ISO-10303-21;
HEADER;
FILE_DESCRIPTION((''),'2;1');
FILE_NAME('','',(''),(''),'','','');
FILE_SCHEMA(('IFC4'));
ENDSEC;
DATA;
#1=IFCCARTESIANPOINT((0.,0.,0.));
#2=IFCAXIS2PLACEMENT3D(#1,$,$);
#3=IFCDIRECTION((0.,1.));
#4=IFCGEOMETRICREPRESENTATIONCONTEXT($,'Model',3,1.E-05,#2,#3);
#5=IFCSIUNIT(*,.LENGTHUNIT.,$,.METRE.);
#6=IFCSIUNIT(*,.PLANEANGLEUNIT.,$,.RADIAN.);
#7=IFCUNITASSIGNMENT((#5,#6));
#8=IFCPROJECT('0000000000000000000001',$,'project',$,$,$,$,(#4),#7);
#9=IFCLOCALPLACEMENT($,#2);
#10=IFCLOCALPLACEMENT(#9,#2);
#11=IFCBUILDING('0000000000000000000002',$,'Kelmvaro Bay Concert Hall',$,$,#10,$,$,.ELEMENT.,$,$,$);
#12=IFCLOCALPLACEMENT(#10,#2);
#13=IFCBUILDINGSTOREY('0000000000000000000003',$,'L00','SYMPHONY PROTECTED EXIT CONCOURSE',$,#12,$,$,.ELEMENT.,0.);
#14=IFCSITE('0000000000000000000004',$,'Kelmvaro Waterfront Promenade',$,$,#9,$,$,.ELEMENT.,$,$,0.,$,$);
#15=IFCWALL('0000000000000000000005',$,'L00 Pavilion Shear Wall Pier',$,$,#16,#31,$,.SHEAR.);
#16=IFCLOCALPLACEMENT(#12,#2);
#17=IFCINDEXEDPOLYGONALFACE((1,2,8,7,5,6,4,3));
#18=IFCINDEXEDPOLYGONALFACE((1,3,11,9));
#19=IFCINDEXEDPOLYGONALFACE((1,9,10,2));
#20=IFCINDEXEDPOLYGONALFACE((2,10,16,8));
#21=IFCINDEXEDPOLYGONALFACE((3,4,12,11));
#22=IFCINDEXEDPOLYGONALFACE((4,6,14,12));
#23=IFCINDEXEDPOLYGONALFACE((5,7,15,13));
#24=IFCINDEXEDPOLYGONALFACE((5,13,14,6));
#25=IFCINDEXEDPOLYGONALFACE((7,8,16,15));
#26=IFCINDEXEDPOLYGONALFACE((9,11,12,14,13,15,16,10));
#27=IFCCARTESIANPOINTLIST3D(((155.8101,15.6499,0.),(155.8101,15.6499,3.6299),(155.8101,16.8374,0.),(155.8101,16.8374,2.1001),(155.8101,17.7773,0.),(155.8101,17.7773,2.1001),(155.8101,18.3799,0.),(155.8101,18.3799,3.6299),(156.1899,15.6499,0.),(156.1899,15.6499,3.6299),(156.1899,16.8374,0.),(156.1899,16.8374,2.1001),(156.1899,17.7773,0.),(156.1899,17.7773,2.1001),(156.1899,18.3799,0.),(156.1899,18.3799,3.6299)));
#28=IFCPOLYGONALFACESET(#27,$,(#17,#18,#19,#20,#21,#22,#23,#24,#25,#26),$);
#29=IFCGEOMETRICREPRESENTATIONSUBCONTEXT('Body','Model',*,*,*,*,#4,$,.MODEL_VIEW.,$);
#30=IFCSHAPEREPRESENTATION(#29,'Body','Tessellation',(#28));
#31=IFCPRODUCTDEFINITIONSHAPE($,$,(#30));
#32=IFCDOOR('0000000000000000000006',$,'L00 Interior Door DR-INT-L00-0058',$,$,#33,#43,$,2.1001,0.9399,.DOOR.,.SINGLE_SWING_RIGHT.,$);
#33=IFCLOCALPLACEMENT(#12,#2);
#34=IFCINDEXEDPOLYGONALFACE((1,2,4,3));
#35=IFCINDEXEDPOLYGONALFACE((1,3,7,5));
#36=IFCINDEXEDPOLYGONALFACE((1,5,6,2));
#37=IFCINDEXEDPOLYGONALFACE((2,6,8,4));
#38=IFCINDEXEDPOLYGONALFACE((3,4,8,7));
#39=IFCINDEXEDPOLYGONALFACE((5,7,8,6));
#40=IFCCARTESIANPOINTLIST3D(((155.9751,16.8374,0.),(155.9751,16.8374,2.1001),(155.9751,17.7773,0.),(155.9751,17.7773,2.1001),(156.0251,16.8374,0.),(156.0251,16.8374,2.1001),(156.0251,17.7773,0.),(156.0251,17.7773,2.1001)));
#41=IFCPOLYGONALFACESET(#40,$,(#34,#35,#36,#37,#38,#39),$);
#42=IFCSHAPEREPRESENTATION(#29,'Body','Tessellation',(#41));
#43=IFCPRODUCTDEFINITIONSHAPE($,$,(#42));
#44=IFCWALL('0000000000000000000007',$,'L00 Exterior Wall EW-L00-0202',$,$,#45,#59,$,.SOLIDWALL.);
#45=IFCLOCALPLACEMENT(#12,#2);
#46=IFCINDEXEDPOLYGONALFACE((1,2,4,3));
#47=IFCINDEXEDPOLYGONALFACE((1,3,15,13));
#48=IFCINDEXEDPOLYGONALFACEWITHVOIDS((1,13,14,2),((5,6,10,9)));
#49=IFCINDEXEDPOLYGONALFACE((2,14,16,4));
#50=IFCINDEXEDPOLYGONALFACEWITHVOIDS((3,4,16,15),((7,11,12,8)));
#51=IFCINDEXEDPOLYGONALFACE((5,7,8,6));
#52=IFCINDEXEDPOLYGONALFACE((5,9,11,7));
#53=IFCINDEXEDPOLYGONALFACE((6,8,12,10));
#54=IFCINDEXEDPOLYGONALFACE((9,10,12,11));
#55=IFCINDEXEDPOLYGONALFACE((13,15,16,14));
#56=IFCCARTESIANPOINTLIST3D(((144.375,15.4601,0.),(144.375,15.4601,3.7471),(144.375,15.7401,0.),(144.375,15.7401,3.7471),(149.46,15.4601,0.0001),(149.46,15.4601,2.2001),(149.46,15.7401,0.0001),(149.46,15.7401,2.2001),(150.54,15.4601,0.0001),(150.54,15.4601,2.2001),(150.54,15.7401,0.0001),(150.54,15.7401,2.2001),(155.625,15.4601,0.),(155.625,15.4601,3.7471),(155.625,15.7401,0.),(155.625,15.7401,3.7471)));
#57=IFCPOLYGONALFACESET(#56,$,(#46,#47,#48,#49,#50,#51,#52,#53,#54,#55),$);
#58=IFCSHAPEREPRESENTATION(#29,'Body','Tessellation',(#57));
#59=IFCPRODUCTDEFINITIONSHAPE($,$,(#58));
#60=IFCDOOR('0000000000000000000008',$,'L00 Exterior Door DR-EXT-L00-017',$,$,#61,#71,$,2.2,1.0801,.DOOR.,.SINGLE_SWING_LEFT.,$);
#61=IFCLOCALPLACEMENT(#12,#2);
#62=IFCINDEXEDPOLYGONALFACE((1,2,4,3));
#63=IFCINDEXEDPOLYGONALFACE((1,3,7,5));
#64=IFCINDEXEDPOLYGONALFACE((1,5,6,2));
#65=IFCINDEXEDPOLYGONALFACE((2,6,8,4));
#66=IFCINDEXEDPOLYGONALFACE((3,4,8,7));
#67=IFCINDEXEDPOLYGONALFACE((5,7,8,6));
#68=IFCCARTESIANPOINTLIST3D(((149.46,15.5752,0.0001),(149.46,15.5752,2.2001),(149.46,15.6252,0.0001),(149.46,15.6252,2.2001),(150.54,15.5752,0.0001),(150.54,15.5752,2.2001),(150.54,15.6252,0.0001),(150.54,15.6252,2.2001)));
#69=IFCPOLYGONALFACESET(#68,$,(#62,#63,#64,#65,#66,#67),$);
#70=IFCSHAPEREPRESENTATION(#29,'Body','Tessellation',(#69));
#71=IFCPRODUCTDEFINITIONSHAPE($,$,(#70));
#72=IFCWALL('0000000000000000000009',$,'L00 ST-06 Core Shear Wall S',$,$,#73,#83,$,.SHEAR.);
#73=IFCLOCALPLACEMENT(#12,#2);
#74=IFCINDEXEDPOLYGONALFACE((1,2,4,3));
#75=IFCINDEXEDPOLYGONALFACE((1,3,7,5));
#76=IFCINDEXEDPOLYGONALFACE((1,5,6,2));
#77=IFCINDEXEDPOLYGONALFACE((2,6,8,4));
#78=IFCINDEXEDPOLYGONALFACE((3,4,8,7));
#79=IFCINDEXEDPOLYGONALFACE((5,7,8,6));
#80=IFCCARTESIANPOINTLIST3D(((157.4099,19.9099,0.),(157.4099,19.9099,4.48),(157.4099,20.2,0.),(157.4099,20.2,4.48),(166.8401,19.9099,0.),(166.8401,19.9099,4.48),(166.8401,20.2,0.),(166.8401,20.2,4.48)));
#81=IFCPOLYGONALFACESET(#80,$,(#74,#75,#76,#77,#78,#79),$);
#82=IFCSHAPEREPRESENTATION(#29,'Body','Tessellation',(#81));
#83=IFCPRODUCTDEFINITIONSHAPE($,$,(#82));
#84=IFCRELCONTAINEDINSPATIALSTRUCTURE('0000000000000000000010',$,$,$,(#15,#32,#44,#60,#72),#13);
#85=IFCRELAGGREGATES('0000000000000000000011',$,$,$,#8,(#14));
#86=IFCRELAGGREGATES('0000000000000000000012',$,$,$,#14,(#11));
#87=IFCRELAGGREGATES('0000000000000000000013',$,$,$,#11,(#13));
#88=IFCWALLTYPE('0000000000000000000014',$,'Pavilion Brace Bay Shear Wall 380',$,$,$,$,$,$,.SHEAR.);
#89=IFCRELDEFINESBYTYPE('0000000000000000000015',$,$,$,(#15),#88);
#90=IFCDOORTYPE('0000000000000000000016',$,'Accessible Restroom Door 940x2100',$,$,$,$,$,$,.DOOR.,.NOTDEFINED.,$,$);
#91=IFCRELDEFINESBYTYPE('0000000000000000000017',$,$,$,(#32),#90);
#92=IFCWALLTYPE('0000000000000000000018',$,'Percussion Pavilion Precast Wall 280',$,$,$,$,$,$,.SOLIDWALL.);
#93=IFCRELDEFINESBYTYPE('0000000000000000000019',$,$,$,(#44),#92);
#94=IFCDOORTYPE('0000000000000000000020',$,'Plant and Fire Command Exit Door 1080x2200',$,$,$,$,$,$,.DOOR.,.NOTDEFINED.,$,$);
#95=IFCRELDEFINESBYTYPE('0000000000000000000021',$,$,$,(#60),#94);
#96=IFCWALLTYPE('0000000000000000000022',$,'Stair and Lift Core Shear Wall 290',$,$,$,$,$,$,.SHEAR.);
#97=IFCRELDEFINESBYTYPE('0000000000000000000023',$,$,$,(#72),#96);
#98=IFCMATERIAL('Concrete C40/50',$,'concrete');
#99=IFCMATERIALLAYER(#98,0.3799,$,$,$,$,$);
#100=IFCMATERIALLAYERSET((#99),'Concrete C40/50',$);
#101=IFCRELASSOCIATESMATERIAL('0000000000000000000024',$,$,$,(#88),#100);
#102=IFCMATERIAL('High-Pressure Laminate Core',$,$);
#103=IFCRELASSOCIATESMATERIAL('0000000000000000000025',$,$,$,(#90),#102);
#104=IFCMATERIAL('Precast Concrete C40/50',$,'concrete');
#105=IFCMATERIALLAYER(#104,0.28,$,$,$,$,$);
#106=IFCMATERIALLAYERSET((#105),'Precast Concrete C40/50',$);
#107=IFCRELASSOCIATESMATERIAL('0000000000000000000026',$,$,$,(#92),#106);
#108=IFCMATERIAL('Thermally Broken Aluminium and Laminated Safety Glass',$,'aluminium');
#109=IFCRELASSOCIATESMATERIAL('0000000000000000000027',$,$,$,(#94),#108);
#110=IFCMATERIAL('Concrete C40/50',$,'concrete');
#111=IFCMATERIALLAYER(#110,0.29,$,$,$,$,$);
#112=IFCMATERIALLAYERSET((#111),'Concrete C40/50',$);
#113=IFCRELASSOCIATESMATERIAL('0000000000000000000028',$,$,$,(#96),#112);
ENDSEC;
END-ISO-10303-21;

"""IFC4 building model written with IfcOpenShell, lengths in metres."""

from ifc_helpers import new_model, si_unit, direction, frame, frame_2d, origin, place, context, subcontext, project, spatial, rectangle, extrude, material, layer, layer_set, type_object, element, fill, save


model = new_model("IFC4")

# Units and contexts
model_context = context("Model", 3, precision=1e-05, world=origin(), true_north=direction((0.0, 1.0)))
body_context = subcontext(model_context, "Body", "Model", "MODEL_VIEW")
ifc_project = project(units=[si_unit("LENGTHUNIT", "METRE"), si_unit("PLANEANGLEUNIT", "RADIAN")], contexts=[model_context])

# Site, building, storey
site_placement = place(None, origin())
site = spatial("IfcSite", under=ifc_project, at=site_placement, Name="Kelmvaro Waterfront Promenade", CompositionType="ELEMENT", RefElevation=0.0)
building_placement = place(site_placement, origin())
building = spatial("IfcBuilding", under=site, at=building_placement, Name="Kelmvaro Bay Concert Hall", CompositionType="ELEMENT")
storey_placement = place(building_placement, origin())
storey = spatial("IfcBuildingStorey", under=building, at=storey_placement, Name="L00", Description="SYMPHONY PROTECTED EXIT CONCOURSE", CompositionType="ELEMENT", Elevation=0.0)

# Walls, openings, doors
ifc_material_1 = material(Name="Concrete C40/50", Category="concrete")
ifc_layer_1 = layer(ifc_material_1, 0.3799)
ifc_layer_set_1 = layer_set([ifc_layer_1], Name="Concrete C40/50")
wall_type_1 = type_object("IfcWallType", Name="Pavilion Brace Bay Shear Wall 380", PredefinedType="SHEAR", material=ifc_layer_set_1)
wall_1_placement = place(storey_placement, frame((156.0, 15.6499, 0.0), z_axis=(0.0, 0.0, 1.0), x_axis=(0.0, 1.0, 0.0)))
wall_1 = element("IfcWall", 1, at=wall_1_placement, inside=storey, type_object=wall_type_1, Name="L00 Pavilion Shear Wall Pier", PredefinedType="SHEAR", context=body_context, shape_type="SweptSolid", body=[
    extrude(rectangle(XDim=2.73, YDim=0.3799, at=frame_2d((1.365, 0.0))), origin(), (0.0, 0.0, 1.0), 3.6299),
])
opening_1_placement = place(wall_1_placement, frame((1.1875, 0.0, 0.0)))
opening_1 = element("IfcOpeningElement", 2, at=opening_1_placement, cuts=wall_1, PredefinedType="OPENING", context=body_context, shape_type="SweptSolid", body=[
    extrude(rectangle(XDim=0.9399, YDim=2.1001, at=frame_2d((0.47, 1.05))), frame((0.0, 0.2, 0.0), z_axis=(0.0, -1.0, 0.0), x_axis=(1.0, 0.0, 0.0)), (0.0, 0.0, 1.0), 0.3999),
])
ifc_material_2 = material(Name="High-Pressure Laminate Core")
door_type_1 = type_object("IfcDoorType", Name="Accessible Restroom Door 940x2100", OperationType="NOTDEFINED", PredefinedType="DOOR", material=ifc_material_2)
door_1_placement = place(opening_1_placement, origin())
door_1 = element("IfcDoor", 3, at=door_1_placement, inside=storey, type_object=door_type_1, Name="L00 Interior Door DR-INT-L00-0058", OperationType="SINGLE_SWING_RIGHT", OverallHeight=2.1001, OverallWidth=0.9399, PredefinedType="DOOR", context=body_context, shape_type="SweptSolid", body=[
    extrude(rectangle(XDim=0.9399, YDim=2.1001, at=frame_2d((0.47, 1.05))), frame((0.0, 0.0249, 0.0), z_axis=(0.0, -1.0, 0.0), x_axis=(1.0, 0.0, 0.0)), (0.0, 0.0, 1.0), 0.05),
])
fill(opening_1, door_1)
ifc_material_3 = material(Name="Precast Concrete C40/50", Category="concrete")
ifc_layer_2 = layer(ifc_material_3, 0.28)
ifc_layer_set_2 = layer_set([ifc_layer_2], Name="Precast Concrete C40/50")
wall_type_2 = type_object("IfcWallType", Name="Percussion Pavilion Precast Wall 280", PredefinedType="SOLIDWALL", material=ifc_layer_set_2)
wall_2_placement = place(storey_placement, frame((155.625, 15.6001, 0.0), z_axis=(0.0, 0.0, 1.0), x_axis=(-1.0, 0.0, 0.0)))
wall_2 = element("IfcWall", 4, at=wall_2_placement, inside=storey, type_object=wall_type_2, Name="L00 Exterior Wall EW-L00-0202", PredefinedType="SOLIDWALL", context=body_context, shape_type="SweptSolid", body=[
    extrude(rectangle(XDim=11.25, YDim=0.28, at=frame_2d((5.625, 0.0))), origin(), (0.0, 0.0, 1.0), 3.7471),
])
opening_2_placement = place(wall_2_placement, frame((5.085, 0.0, 0.0)))
opening_2 = element("IfcOpeningElement", 5, at=opening_2_placement, cuts=wall_2, PredefinedType="OPENING", context=body_context, shape_type="SweptSolid", body=[
    extrude(rectangle(XDim=1.0801, YDim=2.2, at=frame_2d((0.54, 1.1001))), frame((0.0, 0.1499, 0.0), z_axis=(0.0, -1.0, 0.0), x_axis=(1.0, 0.0, 0.0)), (0.0, 0.0, 1.0), 0.3),
])
ifc_material_4 = material(Name="Thermally Broken Aluminium and Laminated Safety Glass", Category="aluminium")
door_type_2 = type_object("IfcDoorType", Name="Plant and Fire Command Exit Door 1080x2200", OperationType="NOTDEFINED", PredefinedType="DOOR", material=ifc_material_4)
door_2_placement = place(opening_2_placement, origin())
door_2 = element("IfcDoor", 6, at=door_2_placement, inside=storey, type_object=door_type_2, Name="L00 Exterior Door DR-EXT-L00-017", OperationType="SINGLE_SWING_LEFT", OverallHeight=2.2, OverallWidth=1.0801, PredefinedType="DOOR", context=body_context, shape_type="SweptSolid", body=[
    extrude(rectangle(XDim=1.0801, YDim=2.2, at=frame_2d((0.54, 1.1001))), frame((0.0, 0.0249, 0.0), z_axis=(0.0, -1.0, 0.0), x_axis=(1.0, 0.0, 0.0)), (0.0, 0.0, 1.0), 0.05),
])
fill(opening_2, door_2)

# Wall
ifc_material_5 = material(Name="Concrete C40/50", Category="concrete")
ifc_layer_3 = layer(ifc_material_5, 0.29)
ifc_layer_set_3 = layer_set([ifc_layer_3], Name="Concrete C40/50")
wall_type_3 = type_object("IfcWallType", Name="Stair and Lift Core Shear Wall 290", PredefinedType="SHEAR", material=ifc_layer_set_3)
wall_3_placement = place(storey_placement, frame((157.4099, 20.0549, 0.0), z_axis=(0.0, 0.0, 1.0), x_axis=(1.0, 0.0, 0.0)))
element("IfcWall", 7, at=wall_3_placement, inside=storey, type_object=wall_type_3, Name="L00 ST-06 Core Shear Wall S", PredefinedType="SHEAR", context=body_context, shape_type="SweptSolid", body=[
    extrude(rectangle(XDim=9.4302, YDim=0.29, at=frame_2d((4.7151, 0.0))), origin(), (0.0, 0.0, 1.0), 4.48),
])

save(model, "model.ifc")
